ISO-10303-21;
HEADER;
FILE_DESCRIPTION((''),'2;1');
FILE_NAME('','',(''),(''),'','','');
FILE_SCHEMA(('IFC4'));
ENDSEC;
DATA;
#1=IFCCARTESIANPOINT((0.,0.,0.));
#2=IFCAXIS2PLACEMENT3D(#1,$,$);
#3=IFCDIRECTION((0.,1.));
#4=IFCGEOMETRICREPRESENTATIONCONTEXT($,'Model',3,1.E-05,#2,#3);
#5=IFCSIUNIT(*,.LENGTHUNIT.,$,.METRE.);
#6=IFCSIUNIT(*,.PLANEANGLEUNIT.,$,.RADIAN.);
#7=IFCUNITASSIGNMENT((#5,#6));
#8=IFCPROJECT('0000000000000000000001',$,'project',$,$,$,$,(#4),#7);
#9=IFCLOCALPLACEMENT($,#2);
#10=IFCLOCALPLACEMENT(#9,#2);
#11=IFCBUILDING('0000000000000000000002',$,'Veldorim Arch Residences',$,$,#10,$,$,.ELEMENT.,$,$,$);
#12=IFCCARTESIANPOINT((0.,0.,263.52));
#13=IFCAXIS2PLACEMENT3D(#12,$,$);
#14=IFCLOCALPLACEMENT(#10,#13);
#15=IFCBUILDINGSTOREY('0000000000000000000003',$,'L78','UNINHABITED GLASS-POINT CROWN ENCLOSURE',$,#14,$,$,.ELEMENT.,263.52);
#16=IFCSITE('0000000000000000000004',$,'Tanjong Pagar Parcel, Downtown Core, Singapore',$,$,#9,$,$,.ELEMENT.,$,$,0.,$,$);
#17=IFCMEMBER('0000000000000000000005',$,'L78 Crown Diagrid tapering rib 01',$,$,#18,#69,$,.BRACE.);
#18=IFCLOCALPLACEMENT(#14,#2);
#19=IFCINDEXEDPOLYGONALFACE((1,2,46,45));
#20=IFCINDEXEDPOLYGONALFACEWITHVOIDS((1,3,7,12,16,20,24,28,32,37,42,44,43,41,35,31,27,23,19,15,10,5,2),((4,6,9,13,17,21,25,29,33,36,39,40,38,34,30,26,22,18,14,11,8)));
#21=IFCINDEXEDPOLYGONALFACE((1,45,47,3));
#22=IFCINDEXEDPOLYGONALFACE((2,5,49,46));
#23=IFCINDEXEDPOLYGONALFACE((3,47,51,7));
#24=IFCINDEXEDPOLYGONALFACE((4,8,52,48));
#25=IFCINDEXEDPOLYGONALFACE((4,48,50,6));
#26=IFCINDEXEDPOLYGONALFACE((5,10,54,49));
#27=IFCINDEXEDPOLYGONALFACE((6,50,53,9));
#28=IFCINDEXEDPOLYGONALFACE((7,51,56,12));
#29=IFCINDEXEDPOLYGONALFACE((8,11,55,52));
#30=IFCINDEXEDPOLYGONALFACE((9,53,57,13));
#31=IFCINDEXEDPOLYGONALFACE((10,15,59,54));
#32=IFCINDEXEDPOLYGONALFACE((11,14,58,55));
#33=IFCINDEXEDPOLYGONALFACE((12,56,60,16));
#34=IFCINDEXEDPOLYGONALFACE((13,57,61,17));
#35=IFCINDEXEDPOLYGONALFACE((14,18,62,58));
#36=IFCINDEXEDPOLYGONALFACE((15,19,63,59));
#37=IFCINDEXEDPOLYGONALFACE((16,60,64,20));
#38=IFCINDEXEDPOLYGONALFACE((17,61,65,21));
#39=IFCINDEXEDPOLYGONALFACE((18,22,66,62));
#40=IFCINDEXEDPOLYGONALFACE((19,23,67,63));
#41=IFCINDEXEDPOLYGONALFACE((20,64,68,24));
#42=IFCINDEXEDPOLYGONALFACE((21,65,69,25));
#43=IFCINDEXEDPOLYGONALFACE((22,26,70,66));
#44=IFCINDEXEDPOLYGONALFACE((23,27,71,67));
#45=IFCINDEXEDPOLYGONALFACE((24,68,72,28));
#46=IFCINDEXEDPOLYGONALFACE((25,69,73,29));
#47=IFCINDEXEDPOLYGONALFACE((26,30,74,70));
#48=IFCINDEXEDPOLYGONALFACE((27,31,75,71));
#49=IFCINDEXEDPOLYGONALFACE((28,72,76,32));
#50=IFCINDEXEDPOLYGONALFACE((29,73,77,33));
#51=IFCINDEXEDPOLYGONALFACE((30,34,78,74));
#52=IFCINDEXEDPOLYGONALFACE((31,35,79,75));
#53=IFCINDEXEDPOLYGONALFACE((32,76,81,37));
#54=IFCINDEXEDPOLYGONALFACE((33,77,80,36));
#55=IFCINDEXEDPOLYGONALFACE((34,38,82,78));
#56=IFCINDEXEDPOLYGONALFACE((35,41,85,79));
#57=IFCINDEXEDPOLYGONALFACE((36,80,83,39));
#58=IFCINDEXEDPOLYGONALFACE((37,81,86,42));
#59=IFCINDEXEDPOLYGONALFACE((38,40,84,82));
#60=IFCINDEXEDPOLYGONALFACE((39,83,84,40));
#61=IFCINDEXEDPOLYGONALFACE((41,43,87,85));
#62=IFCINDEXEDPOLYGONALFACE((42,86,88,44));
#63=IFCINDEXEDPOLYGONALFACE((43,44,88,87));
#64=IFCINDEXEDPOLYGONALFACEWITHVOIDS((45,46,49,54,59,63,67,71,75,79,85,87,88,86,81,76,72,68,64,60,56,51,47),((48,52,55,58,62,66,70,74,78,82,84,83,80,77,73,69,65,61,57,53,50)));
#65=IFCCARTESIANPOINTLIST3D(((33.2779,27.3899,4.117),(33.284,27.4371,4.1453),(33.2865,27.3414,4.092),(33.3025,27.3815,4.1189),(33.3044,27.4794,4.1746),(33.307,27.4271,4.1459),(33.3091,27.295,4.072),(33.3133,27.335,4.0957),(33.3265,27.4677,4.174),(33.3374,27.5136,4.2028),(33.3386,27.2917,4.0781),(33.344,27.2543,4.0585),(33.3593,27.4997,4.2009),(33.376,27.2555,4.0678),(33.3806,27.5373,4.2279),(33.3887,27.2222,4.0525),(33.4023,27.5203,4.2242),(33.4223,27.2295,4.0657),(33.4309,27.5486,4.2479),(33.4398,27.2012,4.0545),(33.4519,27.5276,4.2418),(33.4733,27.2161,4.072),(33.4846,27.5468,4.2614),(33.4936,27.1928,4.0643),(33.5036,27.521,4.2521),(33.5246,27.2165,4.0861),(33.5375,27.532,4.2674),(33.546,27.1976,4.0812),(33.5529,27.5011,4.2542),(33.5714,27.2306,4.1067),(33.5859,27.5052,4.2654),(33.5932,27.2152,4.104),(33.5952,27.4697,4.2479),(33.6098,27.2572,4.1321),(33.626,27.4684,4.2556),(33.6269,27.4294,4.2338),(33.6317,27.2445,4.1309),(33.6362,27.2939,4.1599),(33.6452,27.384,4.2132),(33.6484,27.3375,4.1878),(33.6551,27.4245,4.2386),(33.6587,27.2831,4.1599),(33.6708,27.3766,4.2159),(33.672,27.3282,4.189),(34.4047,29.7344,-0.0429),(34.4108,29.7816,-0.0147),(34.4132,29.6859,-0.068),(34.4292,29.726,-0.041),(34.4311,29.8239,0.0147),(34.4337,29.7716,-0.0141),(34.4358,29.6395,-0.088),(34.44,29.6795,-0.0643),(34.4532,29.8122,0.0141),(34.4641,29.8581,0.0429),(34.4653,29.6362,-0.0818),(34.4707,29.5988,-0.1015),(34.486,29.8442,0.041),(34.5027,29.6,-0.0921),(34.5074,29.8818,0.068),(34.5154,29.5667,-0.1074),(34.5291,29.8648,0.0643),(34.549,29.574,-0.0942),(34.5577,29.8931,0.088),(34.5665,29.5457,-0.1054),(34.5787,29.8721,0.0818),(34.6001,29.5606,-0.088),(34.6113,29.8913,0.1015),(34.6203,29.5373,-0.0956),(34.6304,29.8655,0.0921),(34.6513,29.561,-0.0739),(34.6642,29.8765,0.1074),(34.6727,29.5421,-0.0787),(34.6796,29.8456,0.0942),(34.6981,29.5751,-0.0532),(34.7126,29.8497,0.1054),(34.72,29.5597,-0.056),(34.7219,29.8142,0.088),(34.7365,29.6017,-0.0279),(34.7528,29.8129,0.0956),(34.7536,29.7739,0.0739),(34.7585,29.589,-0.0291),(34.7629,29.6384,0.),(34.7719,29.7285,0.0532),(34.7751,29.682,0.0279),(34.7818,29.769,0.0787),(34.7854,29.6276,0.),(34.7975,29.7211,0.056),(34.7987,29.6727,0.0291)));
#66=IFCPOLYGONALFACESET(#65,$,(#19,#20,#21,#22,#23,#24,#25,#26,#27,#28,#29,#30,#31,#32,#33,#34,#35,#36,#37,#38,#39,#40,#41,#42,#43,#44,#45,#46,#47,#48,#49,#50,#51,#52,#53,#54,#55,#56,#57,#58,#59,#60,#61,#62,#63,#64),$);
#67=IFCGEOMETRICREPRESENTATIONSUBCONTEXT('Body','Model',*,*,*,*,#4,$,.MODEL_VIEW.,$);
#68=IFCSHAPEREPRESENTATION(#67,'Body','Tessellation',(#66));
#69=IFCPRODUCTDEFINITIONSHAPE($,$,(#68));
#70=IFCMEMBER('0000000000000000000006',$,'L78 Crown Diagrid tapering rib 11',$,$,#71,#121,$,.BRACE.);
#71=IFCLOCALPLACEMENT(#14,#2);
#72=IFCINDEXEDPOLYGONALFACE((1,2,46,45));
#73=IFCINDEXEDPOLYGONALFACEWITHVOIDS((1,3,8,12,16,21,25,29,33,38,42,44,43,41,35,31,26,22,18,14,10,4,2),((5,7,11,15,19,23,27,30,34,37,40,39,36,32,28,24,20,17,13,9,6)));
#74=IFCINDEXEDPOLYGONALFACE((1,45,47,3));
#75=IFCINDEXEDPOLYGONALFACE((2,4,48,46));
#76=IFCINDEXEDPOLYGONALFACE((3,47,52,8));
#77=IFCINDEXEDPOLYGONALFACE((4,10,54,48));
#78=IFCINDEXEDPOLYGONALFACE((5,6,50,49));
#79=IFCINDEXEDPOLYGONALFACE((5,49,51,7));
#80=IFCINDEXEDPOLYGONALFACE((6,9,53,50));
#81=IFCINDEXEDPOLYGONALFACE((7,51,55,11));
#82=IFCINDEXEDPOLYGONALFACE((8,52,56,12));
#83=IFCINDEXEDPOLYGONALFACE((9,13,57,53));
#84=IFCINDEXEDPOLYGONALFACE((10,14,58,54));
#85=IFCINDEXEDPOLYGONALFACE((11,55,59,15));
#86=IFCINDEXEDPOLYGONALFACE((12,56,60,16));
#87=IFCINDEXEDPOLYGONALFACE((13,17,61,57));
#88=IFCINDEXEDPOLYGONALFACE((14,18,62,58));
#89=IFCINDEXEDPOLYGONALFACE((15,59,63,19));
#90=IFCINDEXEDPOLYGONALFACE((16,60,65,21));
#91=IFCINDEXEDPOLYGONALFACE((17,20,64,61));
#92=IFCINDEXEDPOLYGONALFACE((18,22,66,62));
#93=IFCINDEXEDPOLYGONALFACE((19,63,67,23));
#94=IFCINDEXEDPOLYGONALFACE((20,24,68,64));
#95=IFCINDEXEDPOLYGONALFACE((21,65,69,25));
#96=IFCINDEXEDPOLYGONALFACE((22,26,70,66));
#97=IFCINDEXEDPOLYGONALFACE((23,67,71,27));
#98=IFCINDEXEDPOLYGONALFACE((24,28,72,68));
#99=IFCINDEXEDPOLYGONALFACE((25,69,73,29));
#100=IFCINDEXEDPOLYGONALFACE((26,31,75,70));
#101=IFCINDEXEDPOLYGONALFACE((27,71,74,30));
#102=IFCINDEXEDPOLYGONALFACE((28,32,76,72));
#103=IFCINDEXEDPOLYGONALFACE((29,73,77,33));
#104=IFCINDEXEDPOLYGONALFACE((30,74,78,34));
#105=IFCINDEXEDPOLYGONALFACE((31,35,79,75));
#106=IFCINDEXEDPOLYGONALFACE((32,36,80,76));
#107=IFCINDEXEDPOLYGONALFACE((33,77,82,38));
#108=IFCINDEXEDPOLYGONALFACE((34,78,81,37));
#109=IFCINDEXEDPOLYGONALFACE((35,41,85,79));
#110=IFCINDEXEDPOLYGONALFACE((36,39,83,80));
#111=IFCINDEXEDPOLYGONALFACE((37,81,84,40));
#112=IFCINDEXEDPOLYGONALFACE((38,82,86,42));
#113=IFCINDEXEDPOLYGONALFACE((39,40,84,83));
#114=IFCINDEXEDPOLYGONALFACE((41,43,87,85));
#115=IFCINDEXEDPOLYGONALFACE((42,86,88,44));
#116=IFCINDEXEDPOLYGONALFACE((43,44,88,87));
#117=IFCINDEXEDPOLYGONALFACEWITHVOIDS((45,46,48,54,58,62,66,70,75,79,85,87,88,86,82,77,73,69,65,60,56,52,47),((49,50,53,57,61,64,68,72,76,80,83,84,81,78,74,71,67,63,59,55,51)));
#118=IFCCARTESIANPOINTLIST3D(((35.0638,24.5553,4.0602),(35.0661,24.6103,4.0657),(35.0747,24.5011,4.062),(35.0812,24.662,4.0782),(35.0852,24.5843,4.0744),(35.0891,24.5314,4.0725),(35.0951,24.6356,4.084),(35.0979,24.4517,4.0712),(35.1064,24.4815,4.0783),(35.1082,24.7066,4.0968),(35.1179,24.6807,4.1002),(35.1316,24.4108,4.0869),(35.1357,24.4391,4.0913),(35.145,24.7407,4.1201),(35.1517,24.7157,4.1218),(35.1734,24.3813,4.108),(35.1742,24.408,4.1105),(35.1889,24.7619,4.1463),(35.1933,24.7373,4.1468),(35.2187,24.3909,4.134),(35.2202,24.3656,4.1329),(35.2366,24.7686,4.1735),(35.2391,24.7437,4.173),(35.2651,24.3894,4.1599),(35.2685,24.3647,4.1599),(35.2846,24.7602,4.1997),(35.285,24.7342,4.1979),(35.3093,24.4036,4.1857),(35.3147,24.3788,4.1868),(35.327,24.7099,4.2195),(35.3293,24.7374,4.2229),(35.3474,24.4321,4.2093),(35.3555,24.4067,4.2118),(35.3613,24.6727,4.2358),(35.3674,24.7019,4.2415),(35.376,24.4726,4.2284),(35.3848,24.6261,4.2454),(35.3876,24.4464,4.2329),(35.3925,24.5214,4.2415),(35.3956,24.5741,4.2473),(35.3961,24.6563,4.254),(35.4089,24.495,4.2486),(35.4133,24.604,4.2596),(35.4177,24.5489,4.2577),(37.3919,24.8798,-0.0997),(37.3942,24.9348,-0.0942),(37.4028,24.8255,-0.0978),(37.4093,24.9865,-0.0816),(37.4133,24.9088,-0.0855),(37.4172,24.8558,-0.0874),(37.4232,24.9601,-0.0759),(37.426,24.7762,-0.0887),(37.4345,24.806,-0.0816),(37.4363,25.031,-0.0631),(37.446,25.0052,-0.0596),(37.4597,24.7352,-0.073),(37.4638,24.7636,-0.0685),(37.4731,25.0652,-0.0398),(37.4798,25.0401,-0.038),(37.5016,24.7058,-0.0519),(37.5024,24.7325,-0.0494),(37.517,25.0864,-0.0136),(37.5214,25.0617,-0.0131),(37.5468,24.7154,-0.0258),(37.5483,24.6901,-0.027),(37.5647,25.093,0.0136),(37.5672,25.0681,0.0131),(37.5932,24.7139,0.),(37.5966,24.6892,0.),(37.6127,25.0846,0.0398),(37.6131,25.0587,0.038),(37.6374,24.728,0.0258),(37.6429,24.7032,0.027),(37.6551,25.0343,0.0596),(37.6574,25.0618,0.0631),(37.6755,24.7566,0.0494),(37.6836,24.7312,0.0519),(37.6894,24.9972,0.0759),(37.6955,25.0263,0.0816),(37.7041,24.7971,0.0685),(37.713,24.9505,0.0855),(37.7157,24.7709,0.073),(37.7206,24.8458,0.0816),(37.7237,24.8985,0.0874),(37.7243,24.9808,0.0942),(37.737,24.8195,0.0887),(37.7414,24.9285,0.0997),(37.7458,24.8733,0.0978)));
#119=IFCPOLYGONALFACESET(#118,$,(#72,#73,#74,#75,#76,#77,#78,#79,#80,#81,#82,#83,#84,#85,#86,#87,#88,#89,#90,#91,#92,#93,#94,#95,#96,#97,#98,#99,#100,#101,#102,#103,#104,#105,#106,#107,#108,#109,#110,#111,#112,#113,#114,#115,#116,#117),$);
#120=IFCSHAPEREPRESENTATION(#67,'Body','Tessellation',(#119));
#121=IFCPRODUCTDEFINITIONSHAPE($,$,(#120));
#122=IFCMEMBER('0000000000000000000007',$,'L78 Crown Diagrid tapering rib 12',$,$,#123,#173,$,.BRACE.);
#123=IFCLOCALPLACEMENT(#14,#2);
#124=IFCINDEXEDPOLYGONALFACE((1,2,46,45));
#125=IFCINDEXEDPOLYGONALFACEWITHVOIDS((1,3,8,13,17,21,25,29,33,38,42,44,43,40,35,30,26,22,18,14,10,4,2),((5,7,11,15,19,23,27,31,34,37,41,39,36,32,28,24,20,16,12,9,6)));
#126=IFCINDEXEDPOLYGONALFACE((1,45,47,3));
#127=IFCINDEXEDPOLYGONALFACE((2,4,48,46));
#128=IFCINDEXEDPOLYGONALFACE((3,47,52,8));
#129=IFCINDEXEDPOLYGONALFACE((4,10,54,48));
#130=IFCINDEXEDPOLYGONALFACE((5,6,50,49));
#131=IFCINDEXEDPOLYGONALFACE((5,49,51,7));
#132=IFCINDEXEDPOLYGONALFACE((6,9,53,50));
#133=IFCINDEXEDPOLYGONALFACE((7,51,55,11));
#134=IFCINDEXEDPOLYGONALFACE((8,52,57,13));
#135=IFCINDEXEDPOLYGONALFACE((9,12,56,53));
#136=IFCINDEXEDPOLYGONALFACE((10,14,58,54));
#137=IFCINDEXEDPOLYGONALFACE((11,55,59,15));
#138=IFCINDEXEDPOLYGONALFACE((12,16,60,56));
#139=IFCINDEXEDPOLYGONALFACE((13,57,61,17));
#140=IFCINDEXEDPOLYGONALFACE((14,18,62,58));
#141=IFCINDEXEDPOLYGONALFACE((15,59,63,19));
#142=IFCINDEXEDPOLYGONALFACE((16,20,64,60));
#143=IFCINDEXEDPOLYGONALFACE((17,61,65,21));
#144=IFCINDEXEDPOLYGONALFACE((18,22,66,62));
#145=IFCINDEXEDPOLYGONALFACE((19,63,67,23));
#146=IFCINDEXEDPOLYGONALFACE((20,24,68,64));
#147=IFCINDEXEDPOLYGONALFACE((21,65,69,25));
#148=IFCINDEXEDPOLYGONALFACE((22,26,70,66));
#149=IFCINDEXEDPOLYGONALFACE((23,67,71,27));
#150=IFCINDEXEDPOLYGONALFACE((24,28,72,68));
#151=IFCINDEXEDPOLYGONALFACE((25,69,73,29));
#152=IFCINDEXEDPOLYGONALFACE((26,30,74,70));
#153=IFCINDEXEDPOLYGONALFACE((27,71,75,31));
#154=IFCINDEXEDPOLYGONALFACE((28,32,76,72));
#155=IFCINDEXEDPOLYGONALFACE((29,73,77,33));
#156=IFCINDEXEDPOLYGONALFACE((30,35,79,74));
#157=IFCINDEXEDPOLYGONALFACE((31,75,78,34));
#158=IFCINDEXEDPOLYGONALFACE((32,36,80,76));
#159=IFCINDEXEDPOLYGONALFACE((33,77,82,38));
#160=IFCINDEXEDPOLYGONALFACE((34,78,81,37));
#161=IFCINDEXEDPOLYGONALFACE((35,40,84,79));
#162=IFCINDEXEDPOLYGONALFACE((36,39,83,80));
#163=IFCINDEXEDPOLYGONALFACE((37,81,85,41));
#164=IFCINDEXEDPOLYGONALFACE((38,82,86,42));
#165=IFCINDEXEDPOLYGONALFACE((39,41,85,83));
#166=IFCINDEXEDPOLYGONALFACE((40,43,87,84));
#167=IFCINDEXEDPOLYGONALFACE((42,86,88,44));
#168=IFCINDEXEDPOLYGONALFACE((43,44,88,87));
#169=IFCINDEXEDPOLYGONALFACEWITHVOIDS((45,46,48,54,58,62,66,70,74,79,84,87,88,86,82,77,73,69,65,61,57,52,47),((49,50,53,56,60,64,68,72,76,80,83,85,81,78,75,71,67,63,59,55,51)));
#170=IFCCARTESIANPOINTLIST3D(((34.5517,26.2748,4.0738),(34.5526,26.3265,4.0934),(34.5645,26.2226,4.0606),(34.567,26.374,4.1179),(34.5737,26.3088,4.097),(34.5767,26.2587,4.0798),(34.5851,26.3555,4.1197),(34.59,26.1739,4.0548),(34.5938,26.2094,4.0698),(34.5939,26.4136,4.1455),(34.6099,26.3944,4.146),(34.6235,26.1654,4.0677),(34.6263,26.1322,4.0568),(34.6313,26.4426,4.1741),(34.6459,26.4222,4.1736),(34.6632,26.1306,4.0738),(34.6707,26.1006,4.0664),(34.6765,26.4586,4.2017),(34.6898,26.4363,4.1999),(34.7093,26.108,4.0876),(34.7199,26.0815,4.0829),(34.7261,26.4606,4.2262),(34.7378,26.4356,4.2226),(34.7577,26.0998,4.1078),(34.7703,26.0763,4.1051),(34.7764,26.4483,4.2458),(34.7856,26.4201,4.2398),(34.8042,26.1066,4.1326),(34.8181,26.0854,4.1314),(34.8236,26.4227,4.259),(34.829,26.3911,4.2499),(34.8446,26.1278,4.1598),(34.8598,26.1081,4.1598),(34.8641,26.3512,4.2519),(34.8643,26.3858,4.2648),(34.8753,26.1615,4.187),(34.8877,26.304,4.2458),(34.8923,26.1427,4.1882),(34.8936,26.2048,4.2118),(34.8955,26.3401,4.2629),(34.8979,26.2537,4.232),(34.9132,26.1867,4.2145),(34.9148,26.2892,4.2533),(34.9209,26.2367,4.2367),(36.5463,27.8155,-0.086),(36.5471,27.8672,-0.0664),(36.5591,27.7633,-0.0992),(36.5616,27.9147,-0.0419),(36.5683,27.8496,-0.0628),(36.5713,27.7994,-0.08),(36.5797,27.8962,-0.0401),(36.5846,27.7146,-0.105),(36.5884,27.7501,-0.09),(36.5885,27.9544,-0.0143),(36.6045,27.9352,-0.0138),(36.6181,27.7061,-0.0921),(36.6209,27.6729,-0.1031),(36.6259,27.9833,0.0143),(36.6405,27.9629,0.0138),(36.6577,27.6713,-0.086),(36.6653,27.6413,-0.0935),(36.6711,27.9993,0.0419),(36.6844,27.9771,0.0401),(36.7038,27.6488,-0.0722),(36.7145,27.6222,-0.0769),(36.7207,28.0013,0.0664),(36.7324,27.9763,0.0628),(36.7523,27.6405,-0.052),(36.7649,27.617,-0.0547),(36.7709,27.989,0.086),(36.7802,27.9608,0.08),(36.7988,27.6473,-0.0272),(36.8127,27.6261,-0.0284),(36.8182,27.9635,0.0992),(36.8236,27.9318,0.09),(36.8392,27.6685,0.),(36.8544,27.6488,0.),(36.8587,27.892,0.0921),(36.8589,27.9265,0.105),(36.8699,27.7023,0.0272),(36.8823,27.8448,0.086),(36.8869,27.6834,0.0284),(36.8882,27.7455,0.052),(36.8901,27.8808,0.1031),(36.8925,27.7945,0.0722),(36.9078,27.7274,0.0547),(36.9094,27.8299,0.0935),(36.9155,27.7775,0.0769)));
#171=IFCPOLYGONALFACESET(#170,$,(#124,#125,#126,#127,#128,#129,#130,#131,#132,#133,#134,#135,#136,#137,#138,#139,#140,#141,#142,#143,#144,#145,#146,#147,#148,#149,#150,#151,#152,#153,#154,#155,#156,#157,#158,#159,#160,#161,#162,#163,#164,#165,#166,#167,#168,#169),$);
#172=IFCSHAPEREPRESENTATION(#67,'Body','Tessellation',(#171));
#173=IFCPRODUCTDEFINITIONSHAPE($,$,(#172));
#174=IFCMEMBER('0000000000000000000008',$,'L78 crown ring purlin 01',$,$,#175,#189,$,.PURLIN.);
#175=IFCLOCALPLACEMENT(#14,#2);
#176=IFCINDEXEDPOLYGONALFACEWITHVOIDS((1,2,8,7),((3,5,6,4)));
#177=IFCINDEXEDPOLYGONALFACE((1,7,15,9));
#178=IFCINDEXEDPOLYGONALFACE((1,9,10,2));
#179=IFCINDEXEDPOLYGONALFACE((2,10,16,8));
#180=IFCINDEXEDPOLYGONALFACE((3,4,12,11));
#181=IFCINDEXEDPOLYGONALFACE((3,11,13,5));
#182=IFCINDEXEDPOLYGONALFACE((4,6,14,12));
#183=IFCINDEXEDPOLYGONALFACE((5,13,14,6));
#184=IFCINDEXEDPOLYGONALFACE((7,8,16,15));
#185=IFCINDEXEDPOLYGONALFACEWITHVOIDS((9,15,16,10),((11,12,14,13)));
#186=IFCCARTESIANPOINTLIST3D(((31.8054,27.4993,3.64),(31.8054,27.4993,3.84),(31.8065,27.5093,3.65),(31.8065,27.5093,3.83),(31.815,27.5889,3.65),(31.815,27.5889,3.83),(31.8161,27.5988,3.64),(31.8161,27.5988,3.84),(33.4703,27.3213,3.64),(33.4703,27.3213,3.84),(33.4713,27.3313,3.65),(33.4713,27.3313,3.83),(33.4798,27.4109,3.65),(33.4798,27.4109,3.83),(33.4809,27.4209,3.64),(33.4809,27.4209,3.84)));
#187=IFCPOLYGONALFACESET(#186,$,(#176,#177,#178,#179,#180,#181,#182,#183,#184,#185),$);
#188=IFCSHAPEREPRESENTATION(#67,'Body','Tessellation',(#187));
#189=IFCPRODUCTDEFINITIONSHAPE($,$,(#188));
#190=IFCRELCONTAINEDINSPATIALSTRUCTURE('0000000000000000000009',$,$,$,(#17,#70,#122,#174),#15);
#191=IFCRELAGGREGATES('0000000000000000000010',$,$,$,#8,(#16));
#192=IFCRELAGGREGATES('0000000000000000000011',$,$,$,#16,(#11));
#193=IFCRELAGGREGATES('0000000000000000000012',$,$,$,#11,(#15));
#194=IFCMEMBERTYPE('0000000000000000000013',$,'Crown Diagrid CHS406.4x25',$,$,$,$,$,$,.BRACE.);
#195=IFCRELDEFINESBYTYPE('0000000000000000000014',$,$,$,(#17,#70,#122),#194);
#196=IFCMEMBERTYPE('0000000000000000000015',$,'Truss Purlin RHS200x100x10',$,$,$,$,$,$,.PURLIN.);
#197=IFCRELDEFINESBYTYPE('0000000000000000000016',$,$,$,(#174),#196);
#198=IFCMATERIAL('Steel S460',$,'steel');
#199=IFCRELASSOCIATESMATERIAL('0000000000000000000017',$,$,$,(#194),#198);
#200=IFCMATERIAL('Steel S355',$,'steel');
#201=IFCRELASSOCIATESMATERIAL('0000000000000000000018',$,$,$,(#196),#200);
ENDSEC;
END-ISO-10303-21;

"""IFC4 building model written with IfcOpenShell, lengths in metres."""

from ifc_helpers import new_model, si_unit, direction, frame, origin, origin_2d, place, context, subcontext, project, spatial, hollow_rectangle, hollow_circle, extrude, material, material_profile, profile_set, type_object, element, save


model = new_model("IFC4")

# Units and contexts
model_context = context("Model", 3, precision=1e-05, world=origin(), true_north=direction((0.0, 1.0)))
body_context = subcontext(model_context, "Body", "Model", "MODEL_VIEW")
ifc_project = project(units=[si_unit("LENGTHUNIT", "METRE"), si_unit("PLANEANGLEUNIT", "RADIAN")], contexts=[model_context])

# Site, building, storey
site_placement = place(None, origin())
site = spatial("IfcSite", under=ifc_project, at=site_placement, Name="Tanjong Pagar Parcel, Downtown Core, Singapore", CompositionType="ELEMENT", RefElevation=0.0)
building_placement = place(site_placement, origin())
building = spatial("IfcBuilding", under=site, at=building_placement, Name="Veldorim Arch Residences", CompositionType="ELEMENT")
storey_placement = place(building_placement, frame((0.0, 0.0, 263.52)))
storey = spatial("IfcBuildingStorey", under=building, at=storey_placement, Name="L78", Description="UNINHABITED GLASS-POINT CROWN ENCLOSURE", CompositionType="ELEMENT", Elevation=263.52)

# Members
ifc_material_1 = material(Name="Steel S460", Category="steel")
ifc_material_profile_1 = material_profile(ifc_material_1, hollow_circle(Radius=0.2031, WallThickness=0.0249, at=origin_2d()), Name="CHS406.4x25")
ifc_profile_set_1 = profile_set([ifc_material_profile_1], Name="Steel S460")
member_type_1 = type_object("IfcMemberType", Name="Crown Diagrid CHS406.4x25", PredefinedType="BRACE", material=ifc_profile_set_1)
member_1_placement = place(storey_placement, frame((34.6023, 29.7156, 0.0), z_axis=(-0.229649, -0.47786, 0.847886), x_axis=(0.901319, -0.433155, 0.0)))
element("IfcMember", 1, at=member_1_placement, inside=storey, type_object=member_type_1, Name="L78 Crown Diagrid tapering rib 01", PredefinedType="BRACE", context=body_context, shape_type="SweptSolid", body=[
    extrude(hollow_circle(Radius=0.2031, WallThickness=0.0249, at=origin_2d()), origin(), (0.0, 0.0, 1.0), 4.9062),
])
member_2_placement = place(storey_placement, frame((37.5686, 24.8904, 0.0), z_axis=(-0.487248, -0.067906, 0.870619), x_axis=(0.138033, -0.990428, 0.0)))
element("IfcMember", 2, at=member_2_placement, inside=storey, type_object=member_type_1, Name="L78 Crown Diagrid tapering rib 11", PredefinedType="BRACE", context=body_context, shape_type="SweptSolid", body=[
    extrude(hollow_circle(Radius=0.2031, WallThickness=0.0249, at=origin_2d()), origin(), (0.0, 0.0, 1.0), 4.7781),
])
member_3_placement = place(storey_placement, frame((36.7302, 27.8096, 0.0), z_axis=(-0.41009, -0.316778, 0.855265), x_axis=(0.611315, -0.791387, 0.0)))
element("IfcMember", 3, at=member_3_placement, inside=storey, type_object=member_type_1, Name="L78 Crown Diagrid tapering rib 12", PredefinedType="BRACE", context=body_context, shape_type="SweptSolid", body=[
    extrude(hollow_circle(Radius=0.2031, WallThickness=0.0249, at=origin_2d()), origin(), (0.0, 0.0, 1.0), 4.8638),
])
ifc_material_2 = material(Name="Steel S355", Category="steel")
ifc_material_profile_2 = material_profile(ifc_material_2, hollow_rectangle(XDim=0.1001, YDim=0.2, WallThickness=0.01, at=origin_2d()), Name="RHS200x100x10")
ifc_profile_set_2 = profile_set([ifc_material_profile_2], Name="Steel S355")
member_type_2 = type_object("IfcMemberType", Name="Truss Purlin RHS200x100x10", PredefinedType="PURLIN", material=ifc_profile_set_2)
member_4_placement = place(storey_placement, frame((33.4756, 27.3711, 3.74), z_axis=(-0.994334, 0.106301, 0.0), x_axis=(-0.106301, -0.994334, 0.0)))
element("IfcMember", 4, at=member_4_placement, inside=storey, type_object=member_type_2, Name="L78 crown ring purlin 01", PredefinedType="PURLIN", context=body_context, shape_type="SweptSolid", body=[
    extrude(hollow_rectangle(XDim=0.1001, YDim=0.2, WallThickness=0.01, at=origin_2d()), origin(), (0.0, 0.0, 1.0), 1.6743),
])

save(model, "model.ifc")
